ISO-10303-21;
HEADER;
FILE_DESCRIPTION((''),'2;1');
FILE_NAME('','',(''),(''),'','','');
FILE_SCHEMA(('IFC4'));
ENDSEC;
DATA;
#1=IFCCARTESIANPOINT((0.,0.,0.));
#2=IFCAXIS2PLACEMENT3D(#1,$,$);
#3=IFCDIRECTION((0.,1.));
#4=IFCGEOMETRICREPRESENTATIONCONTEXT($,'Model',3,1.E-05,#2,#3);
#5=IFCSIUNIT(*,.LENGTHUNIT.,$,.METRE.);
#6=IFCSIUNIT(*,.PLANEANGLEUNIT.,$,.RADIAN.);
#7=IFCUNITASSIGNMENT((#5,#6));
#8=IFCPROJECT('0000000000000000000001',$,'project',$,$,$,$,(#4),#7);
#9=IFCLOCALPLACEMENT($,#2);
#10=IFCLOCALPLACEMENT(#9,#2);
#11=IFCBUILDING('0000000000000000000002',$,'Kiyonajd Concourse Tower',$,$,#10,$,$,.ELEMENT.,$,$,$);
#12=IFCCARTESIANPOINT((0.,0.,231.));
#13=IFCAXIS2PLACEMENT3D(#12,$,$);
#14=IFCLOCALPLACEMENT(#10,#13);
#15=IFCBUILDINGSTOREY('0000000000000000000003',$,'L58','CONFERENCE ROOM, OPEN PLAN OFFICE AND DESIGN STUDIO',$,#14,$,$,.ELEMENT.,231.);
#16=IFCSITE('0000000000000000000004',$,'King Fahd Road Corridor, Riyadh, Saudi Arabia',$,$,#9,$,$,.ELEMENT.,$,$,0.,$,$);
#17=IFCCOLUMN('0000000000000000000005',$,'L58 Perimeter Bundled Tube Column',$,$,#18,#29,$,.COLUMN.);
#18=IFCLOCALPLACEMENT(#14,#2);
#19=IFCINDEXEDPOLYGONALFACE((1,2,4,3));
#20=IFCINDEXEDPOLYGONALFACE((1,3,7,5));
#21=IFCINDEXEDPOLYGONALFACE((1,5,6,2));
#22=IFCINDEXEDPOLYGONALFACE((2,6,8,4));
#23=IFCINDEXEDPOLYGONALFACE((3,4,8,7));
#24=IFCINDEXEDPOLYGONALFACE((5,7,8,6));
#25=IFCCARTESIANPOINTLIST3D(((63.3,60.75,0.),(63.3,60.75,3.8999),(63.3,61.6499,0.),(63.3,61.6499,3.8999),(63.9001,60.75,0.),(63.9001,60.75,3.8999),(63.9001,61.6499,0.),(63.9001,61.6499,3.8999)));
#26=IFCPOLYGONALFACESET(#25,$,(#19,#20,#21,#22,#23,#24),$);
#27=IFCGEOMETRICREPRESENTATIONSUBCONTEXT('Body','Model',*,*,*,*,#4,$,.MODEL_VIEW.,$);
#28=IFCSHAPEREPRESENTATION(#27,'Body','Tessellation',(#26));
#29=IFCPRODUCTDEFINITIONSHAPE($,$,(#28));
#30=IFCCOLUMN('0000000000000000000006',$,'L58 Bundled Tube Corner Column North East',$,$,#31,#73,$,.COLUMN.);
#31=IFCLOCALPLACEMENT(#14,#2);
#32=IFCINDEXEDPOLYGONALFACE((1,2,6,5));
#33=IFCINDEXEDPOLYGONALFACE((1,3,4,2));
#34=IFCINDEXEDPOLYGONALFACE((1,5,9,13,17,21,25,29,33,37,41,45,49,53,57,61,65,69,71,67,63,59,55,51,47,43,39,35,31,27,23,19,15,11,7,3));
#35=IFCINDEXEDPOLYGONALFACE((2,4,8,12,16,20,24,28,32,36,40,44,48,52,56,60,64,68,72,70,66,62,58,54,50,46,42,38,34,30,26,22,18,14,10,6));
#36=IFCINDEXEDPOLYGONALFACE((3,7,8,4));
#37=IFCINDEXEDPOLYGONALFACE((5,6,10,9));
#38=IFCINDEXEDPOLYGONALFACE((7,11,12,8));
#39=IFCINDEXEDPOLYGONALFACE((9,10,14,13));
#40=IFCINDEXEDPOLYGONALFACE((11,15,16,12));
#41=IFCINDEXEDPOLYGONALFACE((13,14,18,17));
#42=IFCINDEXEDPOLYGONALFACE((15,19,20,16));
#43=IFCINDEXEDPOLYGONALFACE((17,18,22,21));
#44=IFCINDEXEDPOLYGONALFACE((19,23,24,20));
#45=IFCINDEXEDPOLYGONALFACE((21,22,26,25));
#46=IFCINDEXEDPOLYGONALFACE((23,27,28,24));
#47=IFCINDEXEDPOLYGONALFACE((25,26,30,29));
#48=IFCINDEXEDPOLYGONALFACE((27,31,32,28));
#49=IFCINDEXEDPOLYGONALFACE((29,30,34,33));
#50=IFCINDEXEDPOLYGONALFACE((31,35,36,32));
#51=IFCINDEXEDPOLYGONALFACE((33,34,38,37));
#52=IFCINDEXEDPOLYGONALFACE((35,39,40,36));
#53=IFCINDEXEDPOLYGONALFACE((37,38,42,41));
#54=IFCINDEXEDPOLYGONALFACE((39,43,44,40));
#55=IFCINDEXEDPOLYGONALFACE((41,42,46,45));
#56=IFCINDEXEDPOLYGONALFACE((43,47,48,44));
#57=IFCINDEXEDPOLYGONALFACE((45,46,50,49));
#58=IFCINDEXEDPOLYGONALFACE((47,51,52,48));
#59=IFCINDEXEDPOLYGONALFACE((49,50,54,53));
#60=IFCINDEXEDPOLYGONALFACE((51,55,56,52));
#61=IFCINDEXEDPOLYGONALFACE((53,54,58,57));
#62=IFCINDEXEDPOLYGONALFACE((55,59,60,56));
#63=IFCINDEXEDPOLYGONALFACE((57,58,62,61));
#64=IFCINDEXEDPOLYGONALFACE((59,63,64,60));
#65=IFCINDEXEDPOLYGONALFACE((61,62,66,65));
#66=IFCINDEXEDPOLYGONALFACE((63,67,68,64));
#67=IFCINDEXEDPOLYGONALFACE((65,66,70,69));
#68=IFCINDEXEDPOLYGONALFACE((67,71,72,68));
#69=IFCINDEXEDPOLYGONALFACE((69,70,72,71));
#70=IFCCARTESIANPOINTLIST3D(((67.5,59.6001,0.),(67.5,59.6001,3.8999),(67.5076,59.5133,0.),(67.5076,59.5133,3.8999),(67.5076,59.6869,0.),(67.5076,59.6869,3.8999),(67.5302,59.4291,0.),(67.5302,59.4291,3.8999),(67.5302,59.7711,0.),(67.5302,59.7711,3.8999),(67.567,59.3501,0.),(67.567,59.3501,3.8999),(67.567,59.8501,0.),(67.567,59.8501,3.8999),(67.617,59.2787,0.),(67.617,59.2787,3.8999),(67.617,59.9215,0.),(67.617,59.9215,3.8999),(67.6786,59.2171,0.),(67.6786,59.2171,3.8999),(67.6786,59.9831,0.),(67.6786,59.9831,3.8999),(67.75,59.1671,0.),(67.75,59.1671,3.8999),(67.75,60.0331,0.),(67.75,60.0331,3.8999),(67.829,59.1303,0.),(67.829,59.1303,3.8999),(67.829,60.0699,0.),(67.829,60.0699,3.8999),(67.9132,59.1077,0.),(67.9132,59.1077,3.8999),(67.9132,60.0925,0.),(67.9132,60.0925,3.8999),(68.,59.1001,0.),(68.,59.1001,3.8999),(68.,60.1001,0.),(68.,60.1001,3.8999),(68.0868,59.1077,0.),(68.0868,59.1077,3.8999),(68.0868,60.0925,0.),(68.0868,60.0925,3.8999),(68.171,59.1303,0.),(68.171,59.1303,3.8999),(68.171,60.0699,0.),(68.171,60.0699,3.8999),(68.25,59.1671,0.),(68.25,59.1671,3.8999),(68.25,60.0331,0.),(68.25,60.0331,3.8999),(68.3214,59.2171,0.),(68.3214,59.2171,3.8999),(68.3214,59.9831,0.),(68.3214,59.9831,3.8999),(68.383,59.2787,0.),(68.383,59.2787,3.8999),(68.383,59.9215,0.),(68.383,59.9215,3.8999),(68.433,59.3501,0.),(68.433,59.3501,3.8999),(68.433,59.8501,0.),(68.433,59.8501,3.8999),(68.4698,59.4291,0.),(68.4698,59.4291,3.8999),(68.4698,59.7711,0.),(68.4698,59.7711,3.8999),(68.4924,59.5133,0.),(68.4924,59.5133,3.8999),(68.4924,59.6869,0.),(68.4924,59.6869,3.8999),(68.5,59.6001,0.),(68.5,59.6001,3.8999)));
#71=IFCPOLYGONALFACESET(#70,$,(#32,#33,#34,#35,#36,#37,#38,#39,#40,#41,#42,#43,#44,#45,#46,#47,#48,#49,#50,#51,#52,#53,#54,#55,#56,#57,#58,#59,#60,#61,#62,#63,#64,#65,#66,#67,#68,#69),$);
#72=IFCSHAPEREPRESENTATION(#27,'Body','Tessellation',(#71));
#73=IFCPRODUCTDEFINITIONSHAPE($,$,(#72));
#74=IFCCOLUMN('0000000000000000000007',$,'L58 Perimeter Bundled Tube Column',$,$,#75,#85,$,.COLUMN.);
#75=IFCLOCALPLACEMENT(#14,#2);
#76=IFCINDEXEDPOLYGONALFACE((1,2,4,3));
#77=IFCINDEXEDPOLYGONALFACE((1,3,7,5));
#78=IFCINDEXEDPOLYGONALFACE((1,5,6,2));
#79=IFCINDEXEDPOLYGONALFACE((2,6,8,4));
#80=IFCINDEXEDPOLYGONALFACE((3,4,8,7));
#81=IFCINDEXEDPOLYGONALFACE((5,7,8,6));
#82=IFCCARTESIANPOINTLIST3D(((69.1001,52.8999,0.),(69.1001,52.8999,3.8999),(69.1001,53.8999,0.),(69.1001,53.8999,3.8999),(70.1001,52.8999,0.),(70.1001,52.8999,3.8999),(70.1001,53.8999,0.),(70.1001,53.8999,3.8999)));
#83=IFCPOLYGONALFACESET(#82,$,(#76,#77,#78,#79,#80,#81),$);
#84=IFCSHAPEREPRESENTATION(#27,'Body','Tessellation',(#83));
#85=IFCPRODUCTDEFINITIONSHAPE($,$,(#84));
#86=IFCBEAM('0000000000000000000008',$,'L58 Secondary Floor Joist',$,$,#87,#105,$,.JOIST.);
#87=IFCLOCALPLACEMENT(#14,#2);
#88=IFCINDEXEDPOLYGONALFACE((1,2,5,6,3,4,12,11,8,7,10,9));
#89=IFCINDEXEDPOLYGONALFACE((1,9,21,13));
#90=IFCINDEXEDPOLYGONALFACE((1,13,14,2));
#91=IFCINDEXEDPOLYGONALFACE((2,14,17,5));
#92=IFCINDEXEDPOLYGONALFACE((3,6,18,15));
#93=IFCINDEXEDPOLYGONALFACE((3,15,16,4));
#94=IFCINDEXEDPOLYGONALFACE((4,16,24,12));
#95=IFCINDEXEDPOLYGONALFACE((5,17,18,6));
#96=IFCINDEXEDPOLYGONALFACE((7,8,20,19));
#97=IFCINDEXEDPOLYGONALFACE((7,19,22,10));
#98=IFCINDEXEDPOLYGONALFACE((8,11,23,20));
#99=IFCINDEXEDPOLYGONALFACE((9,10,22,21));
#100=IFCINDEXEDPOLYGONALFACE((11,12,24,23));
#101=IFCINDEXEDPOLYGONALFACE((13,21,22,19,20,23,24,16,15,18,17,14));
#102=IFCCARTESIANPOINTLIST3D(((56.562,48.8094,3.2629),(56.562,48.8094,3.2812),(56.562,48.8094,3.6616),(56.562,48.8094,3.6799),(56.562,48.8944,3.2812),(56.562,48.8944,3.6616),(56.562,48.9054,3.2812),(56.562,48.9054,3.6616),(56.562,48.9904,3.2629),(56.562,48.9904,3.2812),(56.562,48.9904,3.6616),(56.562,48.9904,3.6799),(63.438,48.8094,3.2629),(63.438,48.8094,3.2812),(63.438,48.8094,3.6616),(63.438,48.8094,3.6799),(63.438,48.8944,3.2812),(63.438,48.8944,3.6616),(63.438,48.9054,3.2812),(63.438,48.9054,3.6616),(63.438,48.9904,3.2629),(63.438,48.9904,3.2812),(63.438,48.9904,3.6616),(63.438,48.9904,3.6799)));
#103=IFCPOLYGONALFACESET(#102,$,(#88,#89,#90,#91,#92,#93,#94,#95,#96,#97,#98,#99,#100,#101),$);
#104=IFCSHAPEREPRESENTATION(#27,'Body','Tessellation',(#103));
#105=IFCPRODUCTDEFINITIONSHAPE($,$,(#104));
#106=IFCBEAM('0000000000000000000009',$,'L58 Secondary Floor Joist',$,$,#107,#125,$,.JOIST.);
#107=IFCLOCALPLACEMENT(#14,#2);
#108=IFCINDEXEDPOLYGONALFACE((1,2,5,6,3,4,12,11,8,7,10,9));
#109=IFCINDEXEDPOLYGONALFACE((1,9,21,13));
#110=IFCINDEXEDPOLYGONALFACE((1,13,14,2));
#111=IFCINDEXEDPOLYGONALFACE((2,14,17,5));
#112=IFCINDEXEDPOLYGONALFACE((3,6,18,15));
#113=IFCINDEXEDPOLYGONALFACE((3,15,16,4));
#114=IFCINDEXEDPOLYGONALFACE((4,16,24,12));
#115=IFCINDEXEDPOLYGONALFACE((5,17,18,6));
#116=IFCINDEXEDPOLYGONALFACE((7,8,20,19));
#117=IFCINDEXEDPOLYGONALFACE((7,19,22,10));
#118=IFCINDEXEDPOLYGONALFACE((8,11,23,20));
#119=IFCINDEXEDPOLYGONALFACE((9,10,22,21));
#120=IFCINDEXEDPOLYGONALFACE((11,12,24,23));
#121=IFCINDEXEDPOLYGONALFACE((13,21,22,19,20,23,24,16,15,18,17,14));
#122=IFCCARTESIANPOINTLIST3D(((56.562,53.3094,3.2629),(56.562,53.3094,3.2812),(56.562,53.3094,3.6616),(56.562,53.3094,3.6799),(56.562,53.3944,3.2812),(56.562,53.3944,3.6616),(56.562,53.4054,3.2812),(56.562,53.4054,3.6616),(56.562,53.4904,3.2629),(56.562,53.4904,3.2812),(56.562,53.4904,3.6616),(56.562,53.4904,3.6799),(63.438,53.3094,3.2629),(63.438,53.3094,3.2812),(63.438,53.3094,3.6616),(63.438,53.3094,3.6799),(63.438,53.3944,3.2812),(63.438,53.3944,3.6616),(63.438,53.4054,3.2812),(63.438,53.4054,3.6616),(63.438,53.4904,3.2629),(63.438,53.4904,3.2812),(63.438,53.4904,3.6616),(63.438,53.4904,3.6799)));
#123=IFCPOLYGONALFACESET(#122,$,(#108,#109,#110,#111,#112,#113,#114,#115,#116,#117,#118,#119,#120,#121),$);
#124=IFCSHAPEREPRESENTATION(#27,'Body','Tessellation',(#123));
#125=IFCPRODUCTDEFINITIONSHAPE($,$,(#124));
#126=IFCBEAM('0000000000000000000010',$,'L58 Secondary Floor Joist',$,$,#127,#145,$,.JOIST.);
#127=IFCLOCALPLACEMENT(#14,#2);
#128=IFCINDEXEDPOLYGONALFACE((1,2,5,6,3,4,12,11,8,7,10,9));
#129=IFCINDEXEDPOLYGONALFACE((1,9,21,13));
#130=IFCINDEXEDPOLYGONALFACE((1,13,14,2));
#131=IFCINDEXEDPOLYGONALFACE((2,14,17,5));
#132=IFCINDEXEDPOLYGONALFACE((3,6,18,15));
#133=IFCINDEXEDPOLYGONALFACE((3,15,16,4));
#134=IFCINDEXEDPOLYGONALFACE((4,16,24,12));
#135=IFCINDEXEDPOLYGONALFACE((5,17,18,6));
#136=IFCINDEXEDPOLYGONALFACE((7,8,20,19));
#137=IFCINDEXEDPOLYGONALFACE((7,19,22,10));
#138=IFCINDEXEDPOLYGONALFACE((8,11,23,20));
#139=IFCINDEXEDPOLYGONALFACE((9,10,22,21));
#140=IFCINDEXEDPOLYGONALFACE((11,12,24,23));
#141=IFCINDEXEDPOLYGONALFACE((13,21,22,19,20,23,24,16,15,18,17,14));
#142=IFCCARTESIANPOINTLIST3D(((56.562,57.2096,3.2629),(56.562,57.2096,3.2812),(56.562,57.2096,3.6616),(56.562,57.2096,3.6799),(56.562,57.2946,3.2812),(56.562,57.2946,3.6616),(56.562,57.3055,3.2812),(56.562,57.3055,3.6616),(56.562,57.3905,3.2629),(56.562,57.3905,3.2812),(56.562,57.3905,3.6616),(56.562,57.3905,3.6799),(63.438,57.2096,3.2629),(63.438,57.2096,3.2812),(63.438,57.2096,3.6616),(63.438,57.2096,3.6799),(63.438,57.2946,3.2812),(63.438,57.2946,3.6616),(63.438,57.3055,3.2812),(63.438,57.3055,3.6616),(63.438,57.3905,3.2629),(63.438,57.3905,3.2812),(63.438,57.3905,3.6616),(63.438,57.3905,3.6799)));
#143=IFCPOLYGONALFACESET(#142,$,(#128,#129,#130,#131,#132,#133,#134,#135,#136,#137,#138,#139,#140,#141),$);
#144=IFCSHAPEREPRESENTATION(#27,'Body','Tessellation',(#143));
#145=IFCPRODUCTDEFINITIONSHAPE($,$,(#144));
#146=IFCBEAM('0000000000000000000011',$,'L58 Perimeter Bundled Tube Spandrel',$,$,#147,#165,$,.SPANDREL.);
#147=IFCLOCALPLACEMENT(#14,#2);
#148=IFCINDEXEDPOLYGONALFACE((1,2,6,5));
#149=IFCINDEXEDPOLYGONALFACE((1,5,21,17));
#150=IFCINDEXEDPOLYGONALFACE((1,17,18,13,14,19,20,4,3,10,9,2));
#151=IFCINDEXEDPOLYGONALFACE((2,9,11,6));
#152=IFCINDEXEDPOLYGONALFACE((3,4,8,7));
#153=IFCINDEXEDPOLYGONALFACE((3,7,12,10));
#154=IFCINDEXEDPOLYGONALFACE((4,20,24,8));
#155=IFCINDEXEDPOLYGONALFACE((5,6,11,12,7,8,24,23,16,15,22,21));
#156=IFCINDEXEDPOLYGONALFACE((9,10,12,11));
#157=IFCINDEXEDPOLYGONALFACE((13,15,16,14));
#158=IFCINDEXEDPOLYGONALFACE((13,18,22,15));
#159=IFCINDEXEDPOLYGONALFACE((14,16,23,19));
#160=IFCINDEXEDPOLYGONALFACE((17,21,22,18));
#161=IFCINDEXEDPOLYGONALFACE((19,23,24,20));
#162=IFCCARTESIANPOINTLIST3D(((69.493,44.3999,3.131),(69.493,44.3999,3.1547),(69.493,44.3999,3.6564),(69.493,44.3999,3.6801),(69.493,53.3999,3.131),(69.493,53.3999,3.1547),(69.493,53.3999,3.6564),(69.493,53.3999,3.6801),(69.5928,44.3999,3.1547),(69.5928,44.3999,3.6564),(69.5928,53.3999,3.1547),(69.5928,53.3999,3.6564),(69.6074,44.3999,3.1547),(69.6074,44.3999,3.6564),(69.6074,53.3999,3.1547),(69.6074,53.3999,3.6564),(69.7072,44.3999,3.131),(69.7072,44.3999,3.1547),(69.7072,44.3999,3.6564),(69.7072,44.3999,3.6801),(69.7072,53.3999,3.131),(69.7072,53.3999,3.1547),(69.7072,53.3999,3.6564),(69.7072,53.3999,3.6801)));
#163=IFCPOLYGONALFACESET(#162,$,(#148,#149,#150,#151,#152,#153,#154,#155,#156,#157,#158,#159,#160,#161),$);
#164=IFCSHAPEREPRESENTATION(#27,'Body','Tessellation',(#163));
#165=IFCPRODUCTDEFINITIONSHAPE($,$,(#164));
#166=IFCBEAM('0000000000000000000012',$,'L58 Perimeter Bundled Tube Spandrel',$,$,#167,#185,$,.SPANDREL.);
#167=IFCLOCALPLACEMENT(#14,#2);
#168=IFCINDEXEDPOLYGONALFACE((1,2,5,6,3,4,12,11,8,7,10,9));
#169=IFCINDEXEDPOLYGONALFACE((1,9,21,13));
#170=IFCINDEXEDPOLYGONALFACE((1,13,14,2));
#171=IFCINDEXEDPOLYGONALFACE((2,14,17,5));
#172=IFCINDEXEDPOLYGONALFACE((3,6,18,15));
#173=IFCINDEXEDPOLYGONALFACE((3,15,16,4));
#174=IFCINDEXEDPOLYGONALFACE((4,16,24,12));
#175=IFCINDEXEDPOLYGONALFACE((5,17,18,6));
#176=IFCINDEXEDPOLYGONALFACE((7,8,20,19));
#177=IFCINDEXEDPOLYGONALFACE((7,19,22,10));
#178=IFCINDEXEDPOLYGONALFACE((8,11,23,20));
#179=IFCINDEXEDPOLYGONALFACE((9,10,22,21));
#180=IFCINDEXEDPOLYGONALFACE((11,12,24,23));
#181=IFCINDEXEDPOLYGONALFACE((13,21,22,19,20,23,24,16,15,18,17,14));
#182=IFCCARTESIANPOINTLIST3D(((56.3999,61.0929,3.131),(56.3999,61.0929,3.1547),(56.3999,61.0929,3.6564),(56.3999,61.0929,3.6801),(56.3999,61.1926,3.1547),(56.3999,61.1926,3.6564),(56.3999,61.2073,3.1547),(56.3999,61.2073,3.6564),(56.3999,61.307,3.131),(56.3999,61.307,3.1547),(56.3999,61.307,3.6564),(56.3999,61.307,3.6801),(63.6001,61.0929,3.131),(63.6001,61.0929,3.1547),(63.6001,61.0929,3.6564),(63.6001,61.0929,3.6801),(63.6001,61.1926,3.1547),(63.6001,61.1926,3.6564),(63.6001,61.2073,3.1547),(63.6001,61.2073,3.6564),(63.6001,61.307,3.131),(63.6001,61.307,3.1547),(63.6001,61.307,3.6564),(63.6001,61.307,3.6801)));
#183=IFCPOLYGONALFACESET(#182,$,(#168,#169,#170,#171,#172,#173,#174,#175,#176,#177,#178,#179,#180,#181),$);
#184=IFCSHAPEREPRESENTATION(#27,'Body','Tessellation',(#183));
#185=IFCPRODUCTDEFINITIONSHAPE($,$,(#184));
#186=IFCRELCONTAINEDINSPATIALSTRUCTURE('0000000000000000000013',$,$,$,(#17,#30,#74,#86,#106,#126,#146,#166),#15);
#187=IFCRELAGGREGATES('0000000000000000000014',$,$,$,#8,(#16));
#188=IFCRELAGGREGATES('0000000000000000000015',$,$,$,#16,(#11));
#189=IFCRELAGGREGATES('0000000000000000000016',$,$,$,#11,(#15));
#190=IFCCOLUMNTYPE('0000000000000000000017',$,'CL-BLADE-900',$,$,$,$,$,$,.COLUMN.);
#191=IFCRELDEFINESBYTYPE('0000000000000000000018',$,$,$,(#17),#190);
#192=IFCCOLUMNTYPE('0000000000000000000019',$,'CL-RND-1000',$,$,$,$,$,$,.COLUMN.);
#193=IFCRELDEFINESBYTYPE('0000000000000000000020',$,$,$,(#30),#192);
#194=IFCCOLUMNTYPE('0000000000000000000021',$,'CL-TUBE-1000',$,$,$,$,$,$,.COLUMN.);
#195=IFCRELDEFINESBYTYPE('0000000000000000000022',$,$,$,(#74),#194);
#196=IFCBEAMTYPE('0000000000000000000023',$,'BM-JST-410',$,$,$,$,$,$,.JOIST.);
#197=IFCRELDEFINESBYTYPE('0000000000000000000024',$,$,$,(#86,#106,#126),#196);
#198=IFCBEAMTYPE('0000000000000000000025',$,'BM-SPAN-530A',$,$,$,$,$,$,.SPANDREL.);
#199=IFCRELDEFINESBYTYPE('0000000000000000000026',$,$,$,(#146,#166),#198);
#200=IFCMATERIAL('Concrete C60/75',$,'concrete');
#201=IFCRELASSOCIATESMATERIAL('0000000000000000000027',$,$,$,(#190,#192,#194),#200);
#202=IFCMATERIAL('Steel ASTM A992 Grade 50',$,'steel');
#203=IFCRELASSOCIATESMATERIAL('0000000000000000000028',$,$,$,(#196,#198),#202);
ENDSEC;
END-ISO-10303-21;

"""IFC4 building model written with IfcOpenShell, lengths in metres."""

from ifc_helpers import new_model, si_unit, direction, frame, origin, origin_2d, place, context, subcontext, project, spatial, rectangle, circle, i_section, extrude, material, material_profile, profile_set, type_object, element, save


model = new_model("IFC4")

# Units and contexts
model_context = context("Model", 3, precision=1e-05, world=origin(), true_north=direction((0.0, 1.0)))
body_context = subcontext(model_context, "Body", "Model", "MODEL_VIEW")
ifc_project = project(units=[si_unit("LENGTHUNIT", "METRE"), si_unit("PLANEANGLEUNIT", "RADIAN")], contexts=[model_context])

# Site, building, storey
site_placement = place(None, origin())
site = spatial("IfcSite", under=ifc_project, at=site_placement, Name="King Fahd Road Corridor, Riyadh, Saudi Arabia", CompositionType="ELEMENT", RefElevation=0.0)
building_placement = place(site_placement, origin())
building = spatial("IfcBuilding", under=site, at=building_placement, Name="Kiyonajd Concourse Tower", CompositionType="ELEMENT")
storey_placement = place(building_placement, frame((0.0, 0.0, 231.0)))
storey = spatial("IfcBuildingStorey", under=building, at=storey_placement, Name="L58", Description="CONFERENCE ROOM, OPEN PLAN OFFICE AND DESIGN STUDIO", CompositionType="ELEMENT", Elevation=231.0)

# Columns
ifc_material_1 = material(Name="Concrete C60/75", Category="concrete")
ifc_material_profile_1 = material_profile(ifc_material_1, rectangle(XDim=0.6001, YDim=0.8999, at=origin_2d()), Name="RC-900x600")
ifc_profile_set_1 = profile_set([ifc_material_profile_1], Name="Concrete C60/75")
column_type_1 = type_object("IfcColumnType", Name="CL-BLADE-900", PredefinedType="COLUMN", material=ifc_profile_set_1)
column_1_placement = place(storey_placement, frame((63.6001, 61.2, 0.0), z_axis=(0.0, 0.0, 1.0), x_axis=(1.0, 0.0, 0.0)))
element("IfcColumn", 1, at=column_1_placement, inside=storey, type_object=column_type_1, Name="L58 Perimeter Bundled Tube Column", PredefinedType="COLUMN", context=body_context, shape_type="SweptSolid", body=[
    extrude(rectangle(XDim=0.6001, YDim=0.8999, at=origin_2d()), origin(), (0.0, 0.0, 1.0), 3.8999),
])
ifc_material_profile_2 = material_profile(ifc_material_1, circle(Radius=0.5, at=origin_2d()), Name="RCC-D1000")
ifc_profile_set_2 = profile_set([ifc_material_profile_2], Name="Concrete C60/75")
column_type_2 = type_object("IfcColumnType", Name="CL-RND-1000", PredefinedType="COLUMN", material=ifc_profile_set_2)
column_2_placement = place(storey_placement, frame((68.0, 59.6001, 0.0), z_axis=(0.0, 0.0, 1.0), x_axis=(1.0, 0.0, 0.0)))
element("IfcColumn", 2, at=column_2_placement, inside=storey, type_object=column_type_2, Name="L58 Bundled Tube Corner Column North East", PredefinedType="COLUMN", context=body_context, shape_type="SweptSolid", body=[
    extrude(circle(Radius=0.5, at=origin_2d()), origin(), (0.0, 0.0, 1.0), 3.8999),
])
ifc_material_profile_3 = material_profile(ifc_material_1, rectangle(XDim=1.0, YDim=1.0, at=origin_2d()), Name="RC-1000x1000")
ifc_profile_set_3 = profile_set([ifc_material_profile_3], Name="Concrete C60/75")
column_type_3 = type_object("IfcColumnType", Name="CL-TUBE-1000", PredefinedType="COLUMN", material=ifc_profile_set_3)
column_3_placement = place(storey_placement, frame((69.6001, 53.3999, 0.0), z_axis=(0.0, 0.0, 1.0), x_axis=(1.0, 0.0, 0.0)))
element("IfcColumn", 3, at=column_3_placement, inside=storey, type_object=column_type_3, Name="L58 Perimeter Bundled Tube Column", PredefinedType="COLUMN", context=body_context, shape_type="SweptSolid", body=[
    extrude(rectangle(XDim=1.0, YDim=1.0, at=origin_2d()), origin(), (0.0, 0.0, 1.0), 3.8999),
])

# Beams
ifc_material_2 = material(Name="Steel ASTM A992 Grade 50", Category="steel")
ifc_material_profile_4 = material_profile(ifc_material_2, i_section(OverallWidth=0.1809, OverallDepth=0.417, WebThickness=0.011, FlangeThickness=0.0183, at=origin_2d()), Name="W410X85")
ifc_profile_set_4 = profile_set([ifc_material_profile_4], Name="Steel ASTM A992 Grade 50")
beam_type_1 = type_object("IfcBeamType", Name="BM-JST-410", PredefinedType="JOIST", material=ifc_profile_set_4)
for number, where, z_axis, x_axis, name in (
    (4, (56.562, 48.8999, 3.4714), (1.0, 0.0, 0.0), (0.0, 1.0, 0.0), "L58 Secondary Floor Joist"),
    (5, (56.562, 53.3999, 3.4714), (1.0, 0.0, 0.0), (0.0, 1.0, 0.0), "L58 Secondary Floor Joist"),
    (6, (56.562, 57.3, 3.4714), (1.0, 0.0, 0.0), (0.0, 1.0, 0.0), "L58 Secondary Floor Joist"),
):
    element("IfcBeam", number, at=place(storey_placement, frame(where, z_axis=z_axis, x_axis=x_axis)), inside=storey, type_object=beam_type_1, Name=name, PredefinedType="JOIST", context=body_context, shape_type="SweptSolid", body=[
        extrude(i_section(OverallWidth=0.1809, OverallDepth=0.417, WebThickness=0.011, FlangeThickness=0.0183, at=origin_2d()), origin(), (0.0, 0.0, 1.0), 6.876),
    ])
ifc_material_profile_5 = material_profile(ifc_material_2, i_section(OverallWidth=0.2141, OverallDepth=0.5491, WebThickness=0.0146, FlangeThickness=0.0237, at=origin_2d()), Name="W530X138")
ifc_profile_set_5 = profile_set([ifc_material_profile_5], Name="Steel ASTM A992 Grade 50")
beam_type_2 = type_object("IfcBeamType", Name="BM-SPAN-530A", PredefinedType="SPANDREL", material=ifc_profile_set_5)
beam_1_placement = place(storey_placement, frame((69.6001, 44.3999, 3.4055), z_axis=(0.0, 1.0, 0.0), x_axis=(-1.0, 0.0, 0.0)))
element("IfcBeam", 7, at=beam_1_placement, inside=storey, type_object=beam_type_2, Name="L58 Perimeter Bundled Tube Spandrel", PredefinedType="SPANDREL", context=body_context, shape_type="SweptSolid", body=[
    extrude(i_section(OverallWidth=0.2141, OverallDepth=0.5491, WebThickness=0.0146, FlangeThickness=0.0237, at=origin_2d()), origin(), (0.0, 0.0, 1.0), 9.0),
])
beam_2_placement = place(storey_placement, frame((63.6001, 61.2, 3.4055), z_axis=(-1.0, 0.0, 0.0), x_axis=(0.0, -1.0, 0.0)))
element("IfcBeam", 8, at=beam_2_placement, inside=storey, type_object=beam_type_2, Name="L58 Perimeter Bundled Tube Spandrel", PredefinedType="SPANDREL", context=body_context, shape_type="SweptSolid", body=[
    extrude(i_section(OverallWidth=0.2141, OverallDepth=0.5491, WebThickness=0.0146, FlangeThickness=0.0237, at=origin_2d()), origin(), (0.0, 0.0, 1.0), 7.2002),
])

save(model, "model.ifc")
